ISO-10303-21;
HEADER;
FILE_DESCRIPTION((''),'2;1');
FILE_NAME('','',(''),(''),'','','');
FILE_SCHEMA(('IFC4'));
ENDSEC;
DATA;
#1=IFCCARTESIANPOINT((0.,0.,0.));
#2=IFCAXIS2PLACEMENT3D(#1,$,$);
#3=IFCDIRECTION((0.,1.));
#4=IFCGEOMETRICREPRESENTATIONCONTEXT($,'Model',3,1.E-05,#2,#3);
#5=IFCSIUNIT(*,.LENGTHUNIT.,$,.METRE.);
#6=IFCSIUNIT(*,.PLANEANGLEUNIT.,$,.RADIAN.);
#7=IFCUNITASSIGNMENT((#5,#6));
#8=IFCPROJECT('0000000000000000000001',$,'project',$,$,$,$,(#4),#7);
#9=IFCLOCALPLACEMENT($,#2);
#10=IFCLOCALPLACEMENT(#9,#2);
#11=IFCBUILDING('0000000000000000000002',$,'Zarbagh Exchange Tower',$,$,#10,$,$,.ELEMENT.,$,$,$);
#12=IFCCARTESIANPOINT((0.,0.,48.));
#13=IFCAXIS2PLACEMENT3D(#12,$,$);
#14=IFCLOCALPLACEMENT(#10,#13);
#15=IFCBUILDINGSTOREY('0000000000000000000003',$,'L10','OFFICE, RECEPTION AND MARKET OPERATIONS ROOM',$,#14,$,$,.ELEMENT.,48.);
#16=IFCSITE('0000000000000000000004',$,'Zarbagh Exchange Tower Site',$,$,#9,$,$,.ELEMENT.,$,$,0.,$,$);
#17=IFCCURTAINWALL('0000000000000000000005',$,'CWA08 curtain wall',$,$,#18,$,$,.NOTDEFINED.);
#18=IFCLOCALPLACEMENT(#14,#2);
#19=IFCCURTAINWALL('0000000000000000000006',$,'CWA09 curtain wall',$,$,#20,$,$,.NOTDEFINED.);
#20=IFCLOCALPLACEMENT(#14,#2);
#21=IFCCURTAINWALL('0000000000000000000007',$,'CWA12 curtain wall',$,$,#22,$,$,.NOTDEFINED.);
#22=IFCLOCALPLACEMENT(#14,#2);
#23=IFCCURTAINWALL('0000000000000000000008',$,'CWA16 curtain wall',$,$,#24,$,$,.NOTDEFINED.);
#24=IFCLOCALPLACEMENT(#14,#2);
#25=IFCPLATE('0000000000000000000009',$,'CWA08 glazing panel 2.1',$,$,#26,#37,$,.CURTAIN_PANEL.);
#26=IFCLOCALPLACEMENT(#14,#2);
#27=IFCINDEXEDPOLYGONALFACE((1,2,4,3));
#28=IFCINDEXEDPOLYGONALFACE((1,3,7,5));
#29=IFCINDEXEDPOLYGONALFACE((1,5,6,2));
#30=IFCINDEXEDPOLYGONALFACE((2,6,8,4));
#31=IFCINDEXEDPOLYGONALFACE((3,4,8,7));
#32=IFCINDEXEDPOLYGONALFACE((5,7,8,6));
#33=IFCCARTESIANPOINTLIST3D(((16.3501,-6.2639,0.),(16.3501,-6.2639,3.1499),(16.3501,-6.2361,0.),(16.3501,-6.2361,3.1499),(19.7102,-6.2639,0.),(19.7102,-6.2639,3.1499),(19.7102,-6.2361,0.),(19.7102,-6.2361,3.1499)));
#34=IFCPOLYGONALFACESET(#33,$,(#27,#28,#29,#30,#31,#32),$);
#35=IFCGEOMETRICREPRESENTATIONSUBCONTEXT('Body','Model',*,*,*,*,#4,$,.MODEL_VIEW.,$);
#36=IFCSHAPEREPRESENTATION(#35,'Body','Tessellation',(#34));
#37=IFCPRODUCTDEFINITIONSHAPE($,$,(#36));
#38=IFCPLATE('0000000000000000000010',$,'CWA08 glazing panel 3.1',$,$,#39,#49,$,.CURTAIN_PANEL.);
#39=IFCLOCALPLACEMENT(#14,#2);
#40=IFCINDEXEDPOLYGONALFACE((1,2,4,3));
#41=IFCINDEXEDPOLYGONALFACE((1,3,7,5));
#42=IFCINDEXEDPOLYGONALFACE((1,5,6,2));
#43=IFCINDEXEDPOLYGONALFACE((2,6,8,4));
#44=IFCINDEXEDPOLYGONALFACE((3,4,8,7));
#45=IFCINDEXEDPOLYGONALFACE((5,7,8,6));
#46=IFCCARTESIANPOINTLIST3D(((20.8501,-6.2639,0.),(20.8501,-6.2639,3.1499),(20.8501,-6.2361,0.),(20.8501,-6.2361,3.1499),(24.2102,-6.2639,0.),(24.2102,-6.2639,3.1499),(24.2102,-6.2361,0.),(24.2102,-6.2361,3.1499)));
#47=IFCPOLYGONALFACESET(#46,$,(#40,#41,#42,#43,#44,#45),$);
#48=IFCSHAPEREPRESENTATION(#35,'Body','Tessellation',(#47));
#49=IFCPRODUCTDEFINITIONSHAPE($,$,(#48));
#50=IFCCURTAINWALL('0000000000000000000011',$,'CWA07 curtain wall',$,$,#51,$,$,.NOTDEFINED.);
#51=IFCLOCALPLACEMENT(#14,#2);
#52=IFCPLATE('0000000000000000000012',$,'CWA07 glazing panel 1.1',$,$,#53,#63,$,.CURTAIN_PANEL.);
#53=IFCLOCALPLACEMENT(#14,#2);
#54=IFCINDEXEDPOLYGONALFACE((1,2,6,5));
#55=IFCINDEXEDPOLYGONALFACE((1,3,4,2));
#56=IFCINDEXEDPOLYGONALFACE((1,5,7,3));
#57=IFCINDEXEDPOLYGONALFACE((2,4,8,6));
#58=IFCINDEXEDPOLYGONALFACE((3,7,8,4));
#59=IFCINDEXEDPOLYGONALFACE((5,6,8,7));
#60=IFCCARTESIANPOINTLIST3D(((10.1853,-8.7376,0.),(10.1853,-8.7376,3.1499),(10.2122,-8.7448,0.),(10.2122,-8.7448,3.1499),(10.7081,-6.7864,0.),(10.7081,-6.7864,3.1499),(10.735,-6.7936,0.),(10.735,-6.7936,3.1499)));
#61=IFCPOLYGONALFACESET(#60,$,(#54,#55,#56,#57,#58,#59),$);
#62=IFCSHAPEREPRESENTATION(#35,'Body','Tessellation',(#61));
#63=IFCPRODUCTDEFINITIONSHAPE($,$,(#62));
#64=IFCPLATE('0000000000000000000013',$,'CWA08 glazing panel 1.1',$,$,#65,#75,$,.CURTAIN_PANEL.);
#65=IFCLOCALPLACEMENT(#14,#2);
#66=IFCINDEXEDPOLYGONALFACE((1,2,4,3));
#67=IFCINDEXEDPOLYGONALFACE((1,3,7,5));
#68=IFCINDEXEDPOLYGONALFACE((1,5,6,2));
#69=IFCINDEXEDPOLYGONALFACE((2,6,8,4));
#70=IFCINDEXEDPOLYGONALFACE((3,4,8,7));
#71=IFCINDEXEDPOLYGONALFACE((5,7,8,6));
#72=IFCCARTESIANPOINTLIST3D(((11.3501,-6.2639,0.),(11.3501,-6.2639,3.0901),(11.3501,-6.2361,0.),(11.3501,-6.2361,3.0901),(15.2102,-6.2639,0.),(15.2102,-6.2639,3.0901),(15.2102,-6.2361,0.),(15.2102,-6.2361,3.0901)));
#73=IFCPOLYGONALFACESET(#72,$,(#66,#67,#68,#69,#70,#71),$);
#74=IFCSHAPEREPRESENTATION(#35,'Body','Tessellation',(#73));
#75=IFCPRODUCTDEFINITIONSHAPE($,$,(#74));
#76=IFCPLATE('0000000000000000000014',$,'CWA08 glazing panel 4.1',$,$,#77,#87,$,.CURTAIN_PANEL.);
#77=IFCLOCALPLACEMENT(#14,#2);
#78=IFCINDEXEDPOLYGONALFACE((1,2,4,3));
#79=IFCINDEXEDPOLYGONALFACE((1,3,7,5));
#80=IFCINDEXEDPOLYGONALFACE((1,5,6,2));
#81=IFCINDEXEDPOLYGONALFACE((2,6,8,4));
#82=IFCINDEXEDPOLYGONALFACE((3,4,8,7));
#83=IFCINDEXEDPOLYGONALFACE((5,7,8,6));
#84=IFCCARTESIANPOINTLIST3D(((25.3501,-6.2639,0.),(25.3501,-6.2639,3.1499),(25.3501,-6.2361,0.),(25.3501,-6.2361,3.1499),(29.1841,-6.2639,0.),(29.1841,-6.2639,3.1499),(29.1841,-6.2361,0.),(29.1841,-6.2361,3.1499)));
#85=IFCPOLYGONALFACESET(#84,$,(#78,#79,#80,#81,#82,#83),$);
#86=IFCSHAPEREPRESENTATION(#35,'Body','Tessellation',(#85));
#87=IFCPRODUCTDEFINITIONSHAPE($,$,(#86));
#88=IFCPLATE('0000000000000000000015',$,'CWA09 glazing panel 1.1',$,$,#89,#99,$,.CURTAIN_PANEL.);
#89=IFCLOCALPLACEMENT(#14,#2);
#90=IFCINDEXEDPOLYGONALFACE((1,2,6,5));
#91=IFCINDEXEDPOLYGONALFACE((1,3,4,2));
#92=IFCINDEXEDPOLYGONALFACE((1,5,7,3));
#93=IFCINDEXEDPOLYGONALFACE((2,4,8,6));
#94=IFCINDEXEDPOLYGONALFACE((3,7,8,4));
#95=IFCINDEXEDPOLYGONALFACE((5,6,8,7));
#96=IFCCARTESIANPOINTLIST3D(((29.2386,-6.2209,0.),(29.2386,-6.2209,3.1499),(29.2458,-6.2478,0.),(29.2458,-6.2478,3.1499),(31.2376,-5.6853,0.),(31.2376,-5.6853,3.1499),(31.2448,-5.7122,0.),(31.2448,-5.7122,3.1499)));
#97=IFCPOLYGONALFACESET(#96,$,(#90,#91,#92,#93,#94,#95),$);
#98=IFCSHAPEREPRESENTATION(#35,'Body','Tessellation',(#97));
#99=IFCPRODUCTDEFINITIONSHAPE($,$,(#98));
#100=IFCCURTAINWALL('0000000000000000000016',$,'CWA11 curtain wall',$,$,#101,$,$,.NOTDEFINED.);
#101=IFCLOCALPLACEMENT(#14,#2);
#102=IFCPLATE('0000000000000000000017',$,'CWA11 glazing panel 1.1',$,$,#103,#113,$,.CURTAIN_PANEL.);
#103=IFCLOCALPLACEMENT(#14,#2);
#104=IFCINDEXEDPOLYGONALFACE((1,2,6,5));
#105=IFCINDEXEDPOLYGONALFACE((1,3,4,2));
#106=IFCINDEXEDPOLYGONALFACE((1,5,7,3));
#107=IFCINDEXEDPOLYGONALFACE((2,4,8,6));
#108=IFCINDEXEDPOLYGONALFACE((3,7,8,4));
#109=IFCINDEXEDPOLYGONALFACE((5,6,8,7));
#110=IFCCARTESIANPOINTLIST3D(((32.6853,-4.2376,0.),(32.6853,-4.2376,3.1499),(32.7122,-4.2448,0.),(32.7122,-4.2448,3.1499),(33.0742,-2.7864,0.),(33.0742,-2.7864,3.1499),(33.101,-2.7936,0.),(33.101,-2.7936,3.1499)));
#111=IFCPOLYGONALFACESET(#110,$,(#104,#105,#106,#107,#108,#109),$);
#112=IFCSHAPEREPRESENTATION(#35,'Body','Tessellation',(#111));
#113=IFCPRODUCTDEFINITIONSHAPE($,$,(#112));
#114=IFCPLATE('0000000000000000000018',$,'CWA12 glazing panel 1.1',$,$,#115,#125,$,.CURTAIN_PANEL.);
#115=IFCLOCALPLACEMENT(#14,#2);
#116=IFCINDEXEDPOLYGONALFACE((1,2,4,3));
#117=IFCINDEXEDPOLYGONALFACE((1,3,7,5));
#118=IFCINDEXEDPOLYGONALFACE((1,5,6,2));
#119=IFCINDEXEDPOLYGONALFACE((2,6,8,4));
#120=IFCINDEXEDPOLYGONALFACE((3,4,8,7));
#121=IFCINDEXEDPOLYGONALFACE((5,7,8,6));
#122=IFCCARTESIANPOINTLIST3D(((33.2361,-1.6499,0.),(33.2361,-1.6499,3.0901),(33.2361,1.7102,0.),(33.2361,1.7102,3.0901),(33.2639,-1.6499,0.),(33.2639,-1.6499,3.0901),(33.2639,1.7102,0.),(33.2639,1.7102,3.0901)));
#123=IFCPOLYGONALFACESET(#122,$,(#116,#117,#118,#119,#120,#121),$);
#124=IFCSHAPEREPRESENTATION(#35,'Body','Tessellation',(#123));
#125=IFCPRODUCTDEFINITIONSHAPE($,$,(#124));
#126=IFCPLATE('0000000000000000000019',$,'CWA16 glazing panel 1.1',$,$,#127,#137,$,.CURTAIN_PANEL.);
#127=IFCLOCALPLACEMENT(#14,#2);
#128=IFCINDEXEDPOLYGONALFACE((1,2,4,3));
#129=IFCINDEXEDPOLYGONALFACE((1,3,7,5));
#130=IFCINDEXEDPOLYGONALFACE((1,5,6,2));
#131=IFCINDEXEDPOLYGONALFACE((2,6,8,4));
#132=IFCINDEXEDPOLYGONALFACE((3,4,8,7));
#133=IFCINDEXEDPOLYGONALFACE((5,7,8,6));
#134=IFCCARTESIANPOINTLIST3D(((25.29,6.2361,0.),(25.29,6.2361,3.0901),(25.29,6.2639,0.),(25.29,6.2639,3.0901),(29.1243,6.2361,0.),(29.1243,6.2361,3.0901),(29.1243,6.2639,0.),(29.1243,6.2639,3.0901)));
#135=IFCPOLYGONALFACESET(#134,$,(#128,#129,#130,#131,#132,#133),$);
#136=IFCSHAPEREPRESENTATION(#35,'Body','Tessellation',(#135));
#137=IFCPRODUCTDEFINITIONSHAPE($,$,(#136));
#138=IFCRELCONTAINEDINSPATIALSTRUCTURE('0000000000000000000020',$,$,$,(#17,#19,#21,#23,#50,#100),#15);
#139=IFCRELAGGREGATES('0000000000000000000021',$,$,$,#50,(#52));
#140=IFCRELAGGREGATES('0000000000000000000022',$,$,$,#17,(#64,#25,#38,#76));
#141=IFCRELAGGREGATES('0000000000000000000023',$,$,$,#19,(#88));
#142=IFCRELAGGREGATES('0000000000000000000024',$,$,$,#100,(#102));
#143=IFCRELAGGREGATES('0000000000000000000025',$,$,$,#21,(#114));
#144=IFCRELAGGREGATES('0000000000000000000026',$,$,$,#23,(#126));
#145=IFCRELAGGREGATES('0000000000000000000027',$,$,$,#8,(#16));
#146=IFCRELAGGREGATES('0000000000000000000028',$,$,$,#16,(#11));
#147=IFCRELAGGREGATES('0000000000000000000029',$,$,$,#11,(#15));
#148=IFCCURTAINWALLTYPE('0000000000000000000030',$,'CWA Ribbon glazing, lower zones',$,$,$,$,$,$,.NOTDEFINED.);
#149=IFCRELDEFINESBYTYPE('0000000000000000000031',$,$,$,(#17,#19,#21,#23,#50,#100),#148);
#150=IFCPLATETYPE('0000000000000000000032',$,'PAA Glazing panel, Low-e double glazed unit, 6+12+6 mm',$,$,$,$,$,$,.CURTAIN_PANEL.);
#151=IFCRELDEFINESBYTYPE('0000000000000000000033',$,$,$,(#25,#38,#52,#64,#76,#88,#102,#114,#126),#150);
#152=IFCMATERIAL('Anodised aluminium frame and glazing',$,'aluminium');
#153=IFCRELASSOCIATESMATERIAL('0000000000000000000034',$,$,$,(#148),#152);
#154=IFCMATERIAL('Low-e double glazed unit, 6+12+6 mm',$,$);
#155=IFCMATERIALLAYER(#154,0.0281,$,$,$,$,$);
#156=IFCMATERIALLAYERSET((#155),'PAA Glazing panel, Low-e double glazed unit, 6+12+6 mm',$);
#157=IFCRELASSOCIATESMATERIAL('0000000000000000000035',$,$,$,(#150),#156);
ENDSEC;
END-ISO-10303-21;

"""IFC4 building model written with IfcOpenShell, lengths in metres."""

from ifc_helpers import new_model, si_unit, direction, frame, origin, place, context, subcontext, project, spatial, polyline, outline, extrude, source, transform, mapped, material, layer, layer_set, type_object, element, aggregate, save


model = new_model("IFC4")

# Units and contexts
model_context = context("Model", 3, precision=1e-05, world=origin(), true_north=direction((0.0, 1.0)))
body_context = subcontext(model_context, "Body", "Model", "MODEL_VIEW")
ifc_project = project(units=[si_unit("LENGTHUNIT", "METRE"), si_unit("PLANEANGLEUNIT", "RADIAN")], contexts=[model_context])

# Site, building, storey
site_placement = place(None, origin())
site = spatial("IfcSite", under=ifc_project, at=site_placement, Name="Zarbagh Exchange Tower Site", CompositionType="ELEMENT", RefElevation=0.0)
building_placement = place(site_placement, origin())
building = spatial("IfcBuilding", under=site, at=building_placement, Name="Zarbagh Exchange Tower", CompositionType="ELEMENT")
storey_placement = place(building_placement, frame((0.0, 0.0, 48.0)))
storey = spatial("IfcBuildingStorey", under=building, at=storey_placement, Name="L10", Description="OFFICE, RECEPTION AND MARKET OPERATIONS ROOM", CompositionType="ELEMENT", Elevation=48.0)

# Curtain wall
ifc_material_1 = material(Name="Anodised aluminium frame and glazing", Category="aluminium")
curtain_wall_type = type_object("IfcCurtainWallType", Name="CWA Ribbon glazing, lower zones", PredefinedType="NOTDEFINED", material=ifc_material_1)
curtain_wall_1_placement = place(storey_placement, origin())
curtain_wall_1 = element("IfcCurtainWall", 1, at=curtain_wall_1_placement, inside=storey, type_object=curtain_wall_type, Name="CWA08 curtain wall", PredefinedType="NOTDEFINED")
placement = place(storey_placement, origin())

# Curtain walls
curtain_wall_2_placement = place(storey_placement, origin())
curtain_wall_2 = element("IfcCurtainWall", 2, at=curtain_wall_2_placement, inside=storey, type_object=curtain_wall_type, Name="CWA09 curtain wall", PredefinedType="NOTDEFINED")
curtain_wall_3_placement = place(storey_placement, origin())
curtain_wall_3 = element("IfcCurtainWall", 3, at=curtain_wall_3_placement, inside=storey, type_object=curtain_wall_type, Name="CWA12 curtain wall", PredefinedType="NOTDEFINED")
curtain_wall_4_placement = place(storey_placement, origin())
curtain_wall_4 = element("IfcCurtainWall", 4, at=curtain_wall_4_placement, inside=storey, type_object=curtain_wall_type, Name="CWA16 curtain wall", PredefinedType="NOTDEFINED")

# Shared definitions
ifc_material_2 = material(Name="Low-e double glazed unit, 6+12+6 mm")
ifc_layer = layer(ifc_material_2, 0.0281)
ifc_layer_set = layer_set([ifc_layer], Name="PAA Glazing panel, Low-e double glazed unit, 6+12+6 mm")
plate_type = type_object("IfcPlateType", Name="PAA Glazing panel, Low-e double glazed unit, 6+12+6 mm", PredefinedType="CURTAIN_PANEL", material=ifc_layer_set)

# Plates
shared_shape_1 = source(origin(), body_context, "Body", "SweptSolid", [
    extrude(outline(polyline([(0.0, -0.0139), (3.3601, -0.0139), (3.3601, 0.0139), (0.0, 0.0139), (0.0, -0.0139)])), origin(), (0.0, 0.0, 1.0), 3.1499),
])
plate_1 = element("IfcPlate", 5, at=placement, type_object=plate_type, Name="CWA08 glazing panel 2.1", PredefinedType="CURTAIN_PANEL", context=body_context, shape_type="MappedRepresentation", body=[
    mapped(shared_shape_1, transform((16.3501, -6.25, 0.0), x_axis=(1.0, 0.0, 0.0), y_axis=(0.0, 1.0, 0.0), z_axis=(0.0, 0.0, 1.0))),
])
plate_2 = element("IfcPlate", 6, at=placement, type_object=plate_type, Name="CWA08 glazing panel 3.1", PredefinedType="CURTAIN_PANEL", context=body_context, shape_type="MappedRepresentation", body=[
    mapped(shared_shape_1, transform((20.8501, -6.25, 0.0), x_axis=(1.0, 0.0, 0.0), y_axis=(0.0, 1.0, 0.0), z_axis=(0.0, 0.0, 1.0))),
])

# Curtain wall, plate
curtain_wall_5_placement = place(storey_placement, origin())
curtain_wall_5 = element("IfcCurtainWall", 7, at=curtain_wall_5_placement, inside=storey, type_object=curtain_wall_type, Name="CWA07 curtain wall", PredefinedType="NOTDEFINED")
shared_shape_2 = source(origin(), body_context, "Body", "SweptSolid", [
    extrude(outline(polyline([(0.0, -0.0139), (2.02, -0.0139), (2.02, 0.0139), (0.0, 0.0139), (0.0, -0.0139)])), origin(), (0.0, 0.0, 1.0), 3.1499),
])
plate_3 = element("IfcPlate", 8, at=placement, type_object=plate_type, Name="CWA07 glazing panel 1.1", PredefinedType="CURTAIN_PANEL", context=body_context, shape_type="MappedRepresentation", body=[
    mapped(shared_shape_2, transform((10.1987, -8.7412, 0.0), x_axis=(0.258825, 0.965924, 0.0), y_axis=(-0.965924, 0.258825, 0.0), z_axis=(0.0, 0.0, 1.0))),
])
aggregate(curtain_wall_5, [plate_3])

# Plates
shared_shape_3 = source(origin(), body_context, "Body", "SweptSolid", [
    extrude(outline(polyline([(0.0, -0.0139), (3.8601, -0.0139), (3.8601, 0.0139), (0.0, 0.0139), (0.0, -0.0139)])), origin(), (0.0, 0.0, 1.0), 3.0901),
])
plate_4 = element("IfcPlate", 9, at=placement, type_object=plate_type, Name="CWA08 glazing panel 1.1", PredefinedType="CURTAIN_PANEL", context=body_context, shape_type="MappedRepresentation", body=[
    mapped(shared_shape_3, transform((11.3501, -6.25, 0.0), x_axis=(1.0, 0.0, 0.0), y_axis=(0.0, 1.0, 0.0), z_axis=(0.0, 0.0, 1.0))),
])
shared_shape_4 = source(origin(), body_context, "Body", "SweptSolid", [
    extrude(outline(polyline([(0.0, -0.0139), (3.834, -0.0139), (3.834, 0.0139), (0.0, 0.0139), (0.0, -0.0139)])), origin(), (0.0, 0.0, 1.0), 3.1499),
])
plate_5 = element("IfcPlate", 10, at=placement, type_object=plate_type, Name="CWA08 glazing panel 4.1", PredefinedType="CURTAIN_PANEL", context=body_context, shape_type="MappedRepresentation", body=[
    mapped(shared_shape_4, transform((25.3501, -6.25, 0.0), x_axis=(1.0, 0.0, 0.0), y_axis=(0.0, 1.0, 0.0), z_axis=(0.0, 0.0, 1.0))),
])
aggregate(curtain_wall_1, [plate_4, plate_1, plate_2, plate_5])
shared_shape_5 = source(origin(), body_context, "Body", "SweptSolid", [
    extrude(outline(polyline([(0.0, -0.0139), (2.0696, -0.0139), (2.0696, 0.0139), (0.0, 0.0139), (0.0, -0.0139)])), origin(), (0.0, 0.0, 1.0), 3.1499),
])
plate_6 = element("IfcPlate", 11, at=placement, type_object=plate_type, Name="CWA09 glazing panel 1.1", PredefinedType="CURTAIN_PANEL", context=body_context, shape_type="MappedRepresentation", body=[
    mapped(shared_shape_5, transform((29.2422, -6.2344, 0.0), x_axis=(0.965924, 0.258825, 0.0), y_axis=(-0.258825, 0.965924, 0.0), z_axis=(0.0, 0.0, 1.0))),
])
aggregate(curtain_wall_2, [plate_6])

# Curtain wall, plate
curtain_wall_6_placement = place(storey_placement, origin())
curtain_wall_6 = element("IfcCurtainWall", 12, at=curtain_wall_6_placement, inside=storey, type_object=curtain_wall_type, Name="CWA11 curtain wall", PredefinedType="NOTDEFINED")
shared_shape_6 = source(origin(), body_context, "Body", "SweptSolid", [
    extrude(outline(polyline([(0.0, -0.0139), (1.5024, -0.0139), (1.5024, 0.0139), (0.0, 0.0139), (0.0, -0.0139)])), origin(), (0.0, 0.0, 1.0), 3.1499),
])
plate_7 = element("IfcPlate", 13, at=placement, type_object=plate_type, Name="CWA11 glazing panel 1.1", PredefinedType="CURTAIN_PANEL", context=body_context, shape_type="MappedRepresentation", body=[
    mapped(shared_shape_6, transform((32.6987, -4.2412, 0.0), x_axis=(0.258825, 0.965924, 0.0), y_axis=(-0.965924, 0.258825, 0.0), z_axis=(0.0, 0.0, 1.0))),
])
aggregate(curtain_wall_6, [plate_7])

# Plates
shared_shape_7 = source(origin(), body_context, "Body", "SweptSolid", [
    extrude(outline(polyline([(0.0, -0.0139), (3.3601, -0.0139), (3.3601, 0.0139), (0.0, 0.0139), (0.0, -0.0139)])), origin(), (0.0, 0.0, 1.0), 3.0901),
])
plate_8 = element("IfcPlate", 14, at=placement, type_object=plate_type, Name="CWA12 glazing panel 1.1", PredefinedType="CURTAIN_PANEL", context=body_context, shape_type="MappedRepresentation", body=[
    mapped(shared_shape_7, transform((33.25, -1.6499, 0.0), x_axis=(0.0, 1.0, 0.0), y_axis=(-1.0, 0.0, 0.0), z_axis=(0.0, 0.0, 1.0))),
])
aggregate(curtain_wall_3, [plate_8])
shared_shape_8 = source(origin(), body_context, "Body", "SweptSolid", [
    extrude(outline(polyline([(0.0, -0.0139), (3.8342, -0.0139), (3.8342, 0.0139), (0.0, 0.0139), (0.0, -0.0139)])), origin(), (0.0, 0.0, 1.0), 3.0901),
])
plate_9 = element("IfcPlate", 15, at=placement, type_object=plate_type, Name="CWA16 glazing panel 1.1", PredefinedType="CURTAIN_PANEL", context=body_context, shape_type="MappedRepresentation", body=[
    mapped(shared_shape_8, transform((29.1243, 6.25, 0.0), x_axis=(-1.0, 0.0, 0.0), y_axis=(0.0, -1.0, 0.0), z_axis=(0.0, 0.0, 1.0))),
])
aggregate(curtain_wall_4, [plate_9])

save(model, "model.ifc")
